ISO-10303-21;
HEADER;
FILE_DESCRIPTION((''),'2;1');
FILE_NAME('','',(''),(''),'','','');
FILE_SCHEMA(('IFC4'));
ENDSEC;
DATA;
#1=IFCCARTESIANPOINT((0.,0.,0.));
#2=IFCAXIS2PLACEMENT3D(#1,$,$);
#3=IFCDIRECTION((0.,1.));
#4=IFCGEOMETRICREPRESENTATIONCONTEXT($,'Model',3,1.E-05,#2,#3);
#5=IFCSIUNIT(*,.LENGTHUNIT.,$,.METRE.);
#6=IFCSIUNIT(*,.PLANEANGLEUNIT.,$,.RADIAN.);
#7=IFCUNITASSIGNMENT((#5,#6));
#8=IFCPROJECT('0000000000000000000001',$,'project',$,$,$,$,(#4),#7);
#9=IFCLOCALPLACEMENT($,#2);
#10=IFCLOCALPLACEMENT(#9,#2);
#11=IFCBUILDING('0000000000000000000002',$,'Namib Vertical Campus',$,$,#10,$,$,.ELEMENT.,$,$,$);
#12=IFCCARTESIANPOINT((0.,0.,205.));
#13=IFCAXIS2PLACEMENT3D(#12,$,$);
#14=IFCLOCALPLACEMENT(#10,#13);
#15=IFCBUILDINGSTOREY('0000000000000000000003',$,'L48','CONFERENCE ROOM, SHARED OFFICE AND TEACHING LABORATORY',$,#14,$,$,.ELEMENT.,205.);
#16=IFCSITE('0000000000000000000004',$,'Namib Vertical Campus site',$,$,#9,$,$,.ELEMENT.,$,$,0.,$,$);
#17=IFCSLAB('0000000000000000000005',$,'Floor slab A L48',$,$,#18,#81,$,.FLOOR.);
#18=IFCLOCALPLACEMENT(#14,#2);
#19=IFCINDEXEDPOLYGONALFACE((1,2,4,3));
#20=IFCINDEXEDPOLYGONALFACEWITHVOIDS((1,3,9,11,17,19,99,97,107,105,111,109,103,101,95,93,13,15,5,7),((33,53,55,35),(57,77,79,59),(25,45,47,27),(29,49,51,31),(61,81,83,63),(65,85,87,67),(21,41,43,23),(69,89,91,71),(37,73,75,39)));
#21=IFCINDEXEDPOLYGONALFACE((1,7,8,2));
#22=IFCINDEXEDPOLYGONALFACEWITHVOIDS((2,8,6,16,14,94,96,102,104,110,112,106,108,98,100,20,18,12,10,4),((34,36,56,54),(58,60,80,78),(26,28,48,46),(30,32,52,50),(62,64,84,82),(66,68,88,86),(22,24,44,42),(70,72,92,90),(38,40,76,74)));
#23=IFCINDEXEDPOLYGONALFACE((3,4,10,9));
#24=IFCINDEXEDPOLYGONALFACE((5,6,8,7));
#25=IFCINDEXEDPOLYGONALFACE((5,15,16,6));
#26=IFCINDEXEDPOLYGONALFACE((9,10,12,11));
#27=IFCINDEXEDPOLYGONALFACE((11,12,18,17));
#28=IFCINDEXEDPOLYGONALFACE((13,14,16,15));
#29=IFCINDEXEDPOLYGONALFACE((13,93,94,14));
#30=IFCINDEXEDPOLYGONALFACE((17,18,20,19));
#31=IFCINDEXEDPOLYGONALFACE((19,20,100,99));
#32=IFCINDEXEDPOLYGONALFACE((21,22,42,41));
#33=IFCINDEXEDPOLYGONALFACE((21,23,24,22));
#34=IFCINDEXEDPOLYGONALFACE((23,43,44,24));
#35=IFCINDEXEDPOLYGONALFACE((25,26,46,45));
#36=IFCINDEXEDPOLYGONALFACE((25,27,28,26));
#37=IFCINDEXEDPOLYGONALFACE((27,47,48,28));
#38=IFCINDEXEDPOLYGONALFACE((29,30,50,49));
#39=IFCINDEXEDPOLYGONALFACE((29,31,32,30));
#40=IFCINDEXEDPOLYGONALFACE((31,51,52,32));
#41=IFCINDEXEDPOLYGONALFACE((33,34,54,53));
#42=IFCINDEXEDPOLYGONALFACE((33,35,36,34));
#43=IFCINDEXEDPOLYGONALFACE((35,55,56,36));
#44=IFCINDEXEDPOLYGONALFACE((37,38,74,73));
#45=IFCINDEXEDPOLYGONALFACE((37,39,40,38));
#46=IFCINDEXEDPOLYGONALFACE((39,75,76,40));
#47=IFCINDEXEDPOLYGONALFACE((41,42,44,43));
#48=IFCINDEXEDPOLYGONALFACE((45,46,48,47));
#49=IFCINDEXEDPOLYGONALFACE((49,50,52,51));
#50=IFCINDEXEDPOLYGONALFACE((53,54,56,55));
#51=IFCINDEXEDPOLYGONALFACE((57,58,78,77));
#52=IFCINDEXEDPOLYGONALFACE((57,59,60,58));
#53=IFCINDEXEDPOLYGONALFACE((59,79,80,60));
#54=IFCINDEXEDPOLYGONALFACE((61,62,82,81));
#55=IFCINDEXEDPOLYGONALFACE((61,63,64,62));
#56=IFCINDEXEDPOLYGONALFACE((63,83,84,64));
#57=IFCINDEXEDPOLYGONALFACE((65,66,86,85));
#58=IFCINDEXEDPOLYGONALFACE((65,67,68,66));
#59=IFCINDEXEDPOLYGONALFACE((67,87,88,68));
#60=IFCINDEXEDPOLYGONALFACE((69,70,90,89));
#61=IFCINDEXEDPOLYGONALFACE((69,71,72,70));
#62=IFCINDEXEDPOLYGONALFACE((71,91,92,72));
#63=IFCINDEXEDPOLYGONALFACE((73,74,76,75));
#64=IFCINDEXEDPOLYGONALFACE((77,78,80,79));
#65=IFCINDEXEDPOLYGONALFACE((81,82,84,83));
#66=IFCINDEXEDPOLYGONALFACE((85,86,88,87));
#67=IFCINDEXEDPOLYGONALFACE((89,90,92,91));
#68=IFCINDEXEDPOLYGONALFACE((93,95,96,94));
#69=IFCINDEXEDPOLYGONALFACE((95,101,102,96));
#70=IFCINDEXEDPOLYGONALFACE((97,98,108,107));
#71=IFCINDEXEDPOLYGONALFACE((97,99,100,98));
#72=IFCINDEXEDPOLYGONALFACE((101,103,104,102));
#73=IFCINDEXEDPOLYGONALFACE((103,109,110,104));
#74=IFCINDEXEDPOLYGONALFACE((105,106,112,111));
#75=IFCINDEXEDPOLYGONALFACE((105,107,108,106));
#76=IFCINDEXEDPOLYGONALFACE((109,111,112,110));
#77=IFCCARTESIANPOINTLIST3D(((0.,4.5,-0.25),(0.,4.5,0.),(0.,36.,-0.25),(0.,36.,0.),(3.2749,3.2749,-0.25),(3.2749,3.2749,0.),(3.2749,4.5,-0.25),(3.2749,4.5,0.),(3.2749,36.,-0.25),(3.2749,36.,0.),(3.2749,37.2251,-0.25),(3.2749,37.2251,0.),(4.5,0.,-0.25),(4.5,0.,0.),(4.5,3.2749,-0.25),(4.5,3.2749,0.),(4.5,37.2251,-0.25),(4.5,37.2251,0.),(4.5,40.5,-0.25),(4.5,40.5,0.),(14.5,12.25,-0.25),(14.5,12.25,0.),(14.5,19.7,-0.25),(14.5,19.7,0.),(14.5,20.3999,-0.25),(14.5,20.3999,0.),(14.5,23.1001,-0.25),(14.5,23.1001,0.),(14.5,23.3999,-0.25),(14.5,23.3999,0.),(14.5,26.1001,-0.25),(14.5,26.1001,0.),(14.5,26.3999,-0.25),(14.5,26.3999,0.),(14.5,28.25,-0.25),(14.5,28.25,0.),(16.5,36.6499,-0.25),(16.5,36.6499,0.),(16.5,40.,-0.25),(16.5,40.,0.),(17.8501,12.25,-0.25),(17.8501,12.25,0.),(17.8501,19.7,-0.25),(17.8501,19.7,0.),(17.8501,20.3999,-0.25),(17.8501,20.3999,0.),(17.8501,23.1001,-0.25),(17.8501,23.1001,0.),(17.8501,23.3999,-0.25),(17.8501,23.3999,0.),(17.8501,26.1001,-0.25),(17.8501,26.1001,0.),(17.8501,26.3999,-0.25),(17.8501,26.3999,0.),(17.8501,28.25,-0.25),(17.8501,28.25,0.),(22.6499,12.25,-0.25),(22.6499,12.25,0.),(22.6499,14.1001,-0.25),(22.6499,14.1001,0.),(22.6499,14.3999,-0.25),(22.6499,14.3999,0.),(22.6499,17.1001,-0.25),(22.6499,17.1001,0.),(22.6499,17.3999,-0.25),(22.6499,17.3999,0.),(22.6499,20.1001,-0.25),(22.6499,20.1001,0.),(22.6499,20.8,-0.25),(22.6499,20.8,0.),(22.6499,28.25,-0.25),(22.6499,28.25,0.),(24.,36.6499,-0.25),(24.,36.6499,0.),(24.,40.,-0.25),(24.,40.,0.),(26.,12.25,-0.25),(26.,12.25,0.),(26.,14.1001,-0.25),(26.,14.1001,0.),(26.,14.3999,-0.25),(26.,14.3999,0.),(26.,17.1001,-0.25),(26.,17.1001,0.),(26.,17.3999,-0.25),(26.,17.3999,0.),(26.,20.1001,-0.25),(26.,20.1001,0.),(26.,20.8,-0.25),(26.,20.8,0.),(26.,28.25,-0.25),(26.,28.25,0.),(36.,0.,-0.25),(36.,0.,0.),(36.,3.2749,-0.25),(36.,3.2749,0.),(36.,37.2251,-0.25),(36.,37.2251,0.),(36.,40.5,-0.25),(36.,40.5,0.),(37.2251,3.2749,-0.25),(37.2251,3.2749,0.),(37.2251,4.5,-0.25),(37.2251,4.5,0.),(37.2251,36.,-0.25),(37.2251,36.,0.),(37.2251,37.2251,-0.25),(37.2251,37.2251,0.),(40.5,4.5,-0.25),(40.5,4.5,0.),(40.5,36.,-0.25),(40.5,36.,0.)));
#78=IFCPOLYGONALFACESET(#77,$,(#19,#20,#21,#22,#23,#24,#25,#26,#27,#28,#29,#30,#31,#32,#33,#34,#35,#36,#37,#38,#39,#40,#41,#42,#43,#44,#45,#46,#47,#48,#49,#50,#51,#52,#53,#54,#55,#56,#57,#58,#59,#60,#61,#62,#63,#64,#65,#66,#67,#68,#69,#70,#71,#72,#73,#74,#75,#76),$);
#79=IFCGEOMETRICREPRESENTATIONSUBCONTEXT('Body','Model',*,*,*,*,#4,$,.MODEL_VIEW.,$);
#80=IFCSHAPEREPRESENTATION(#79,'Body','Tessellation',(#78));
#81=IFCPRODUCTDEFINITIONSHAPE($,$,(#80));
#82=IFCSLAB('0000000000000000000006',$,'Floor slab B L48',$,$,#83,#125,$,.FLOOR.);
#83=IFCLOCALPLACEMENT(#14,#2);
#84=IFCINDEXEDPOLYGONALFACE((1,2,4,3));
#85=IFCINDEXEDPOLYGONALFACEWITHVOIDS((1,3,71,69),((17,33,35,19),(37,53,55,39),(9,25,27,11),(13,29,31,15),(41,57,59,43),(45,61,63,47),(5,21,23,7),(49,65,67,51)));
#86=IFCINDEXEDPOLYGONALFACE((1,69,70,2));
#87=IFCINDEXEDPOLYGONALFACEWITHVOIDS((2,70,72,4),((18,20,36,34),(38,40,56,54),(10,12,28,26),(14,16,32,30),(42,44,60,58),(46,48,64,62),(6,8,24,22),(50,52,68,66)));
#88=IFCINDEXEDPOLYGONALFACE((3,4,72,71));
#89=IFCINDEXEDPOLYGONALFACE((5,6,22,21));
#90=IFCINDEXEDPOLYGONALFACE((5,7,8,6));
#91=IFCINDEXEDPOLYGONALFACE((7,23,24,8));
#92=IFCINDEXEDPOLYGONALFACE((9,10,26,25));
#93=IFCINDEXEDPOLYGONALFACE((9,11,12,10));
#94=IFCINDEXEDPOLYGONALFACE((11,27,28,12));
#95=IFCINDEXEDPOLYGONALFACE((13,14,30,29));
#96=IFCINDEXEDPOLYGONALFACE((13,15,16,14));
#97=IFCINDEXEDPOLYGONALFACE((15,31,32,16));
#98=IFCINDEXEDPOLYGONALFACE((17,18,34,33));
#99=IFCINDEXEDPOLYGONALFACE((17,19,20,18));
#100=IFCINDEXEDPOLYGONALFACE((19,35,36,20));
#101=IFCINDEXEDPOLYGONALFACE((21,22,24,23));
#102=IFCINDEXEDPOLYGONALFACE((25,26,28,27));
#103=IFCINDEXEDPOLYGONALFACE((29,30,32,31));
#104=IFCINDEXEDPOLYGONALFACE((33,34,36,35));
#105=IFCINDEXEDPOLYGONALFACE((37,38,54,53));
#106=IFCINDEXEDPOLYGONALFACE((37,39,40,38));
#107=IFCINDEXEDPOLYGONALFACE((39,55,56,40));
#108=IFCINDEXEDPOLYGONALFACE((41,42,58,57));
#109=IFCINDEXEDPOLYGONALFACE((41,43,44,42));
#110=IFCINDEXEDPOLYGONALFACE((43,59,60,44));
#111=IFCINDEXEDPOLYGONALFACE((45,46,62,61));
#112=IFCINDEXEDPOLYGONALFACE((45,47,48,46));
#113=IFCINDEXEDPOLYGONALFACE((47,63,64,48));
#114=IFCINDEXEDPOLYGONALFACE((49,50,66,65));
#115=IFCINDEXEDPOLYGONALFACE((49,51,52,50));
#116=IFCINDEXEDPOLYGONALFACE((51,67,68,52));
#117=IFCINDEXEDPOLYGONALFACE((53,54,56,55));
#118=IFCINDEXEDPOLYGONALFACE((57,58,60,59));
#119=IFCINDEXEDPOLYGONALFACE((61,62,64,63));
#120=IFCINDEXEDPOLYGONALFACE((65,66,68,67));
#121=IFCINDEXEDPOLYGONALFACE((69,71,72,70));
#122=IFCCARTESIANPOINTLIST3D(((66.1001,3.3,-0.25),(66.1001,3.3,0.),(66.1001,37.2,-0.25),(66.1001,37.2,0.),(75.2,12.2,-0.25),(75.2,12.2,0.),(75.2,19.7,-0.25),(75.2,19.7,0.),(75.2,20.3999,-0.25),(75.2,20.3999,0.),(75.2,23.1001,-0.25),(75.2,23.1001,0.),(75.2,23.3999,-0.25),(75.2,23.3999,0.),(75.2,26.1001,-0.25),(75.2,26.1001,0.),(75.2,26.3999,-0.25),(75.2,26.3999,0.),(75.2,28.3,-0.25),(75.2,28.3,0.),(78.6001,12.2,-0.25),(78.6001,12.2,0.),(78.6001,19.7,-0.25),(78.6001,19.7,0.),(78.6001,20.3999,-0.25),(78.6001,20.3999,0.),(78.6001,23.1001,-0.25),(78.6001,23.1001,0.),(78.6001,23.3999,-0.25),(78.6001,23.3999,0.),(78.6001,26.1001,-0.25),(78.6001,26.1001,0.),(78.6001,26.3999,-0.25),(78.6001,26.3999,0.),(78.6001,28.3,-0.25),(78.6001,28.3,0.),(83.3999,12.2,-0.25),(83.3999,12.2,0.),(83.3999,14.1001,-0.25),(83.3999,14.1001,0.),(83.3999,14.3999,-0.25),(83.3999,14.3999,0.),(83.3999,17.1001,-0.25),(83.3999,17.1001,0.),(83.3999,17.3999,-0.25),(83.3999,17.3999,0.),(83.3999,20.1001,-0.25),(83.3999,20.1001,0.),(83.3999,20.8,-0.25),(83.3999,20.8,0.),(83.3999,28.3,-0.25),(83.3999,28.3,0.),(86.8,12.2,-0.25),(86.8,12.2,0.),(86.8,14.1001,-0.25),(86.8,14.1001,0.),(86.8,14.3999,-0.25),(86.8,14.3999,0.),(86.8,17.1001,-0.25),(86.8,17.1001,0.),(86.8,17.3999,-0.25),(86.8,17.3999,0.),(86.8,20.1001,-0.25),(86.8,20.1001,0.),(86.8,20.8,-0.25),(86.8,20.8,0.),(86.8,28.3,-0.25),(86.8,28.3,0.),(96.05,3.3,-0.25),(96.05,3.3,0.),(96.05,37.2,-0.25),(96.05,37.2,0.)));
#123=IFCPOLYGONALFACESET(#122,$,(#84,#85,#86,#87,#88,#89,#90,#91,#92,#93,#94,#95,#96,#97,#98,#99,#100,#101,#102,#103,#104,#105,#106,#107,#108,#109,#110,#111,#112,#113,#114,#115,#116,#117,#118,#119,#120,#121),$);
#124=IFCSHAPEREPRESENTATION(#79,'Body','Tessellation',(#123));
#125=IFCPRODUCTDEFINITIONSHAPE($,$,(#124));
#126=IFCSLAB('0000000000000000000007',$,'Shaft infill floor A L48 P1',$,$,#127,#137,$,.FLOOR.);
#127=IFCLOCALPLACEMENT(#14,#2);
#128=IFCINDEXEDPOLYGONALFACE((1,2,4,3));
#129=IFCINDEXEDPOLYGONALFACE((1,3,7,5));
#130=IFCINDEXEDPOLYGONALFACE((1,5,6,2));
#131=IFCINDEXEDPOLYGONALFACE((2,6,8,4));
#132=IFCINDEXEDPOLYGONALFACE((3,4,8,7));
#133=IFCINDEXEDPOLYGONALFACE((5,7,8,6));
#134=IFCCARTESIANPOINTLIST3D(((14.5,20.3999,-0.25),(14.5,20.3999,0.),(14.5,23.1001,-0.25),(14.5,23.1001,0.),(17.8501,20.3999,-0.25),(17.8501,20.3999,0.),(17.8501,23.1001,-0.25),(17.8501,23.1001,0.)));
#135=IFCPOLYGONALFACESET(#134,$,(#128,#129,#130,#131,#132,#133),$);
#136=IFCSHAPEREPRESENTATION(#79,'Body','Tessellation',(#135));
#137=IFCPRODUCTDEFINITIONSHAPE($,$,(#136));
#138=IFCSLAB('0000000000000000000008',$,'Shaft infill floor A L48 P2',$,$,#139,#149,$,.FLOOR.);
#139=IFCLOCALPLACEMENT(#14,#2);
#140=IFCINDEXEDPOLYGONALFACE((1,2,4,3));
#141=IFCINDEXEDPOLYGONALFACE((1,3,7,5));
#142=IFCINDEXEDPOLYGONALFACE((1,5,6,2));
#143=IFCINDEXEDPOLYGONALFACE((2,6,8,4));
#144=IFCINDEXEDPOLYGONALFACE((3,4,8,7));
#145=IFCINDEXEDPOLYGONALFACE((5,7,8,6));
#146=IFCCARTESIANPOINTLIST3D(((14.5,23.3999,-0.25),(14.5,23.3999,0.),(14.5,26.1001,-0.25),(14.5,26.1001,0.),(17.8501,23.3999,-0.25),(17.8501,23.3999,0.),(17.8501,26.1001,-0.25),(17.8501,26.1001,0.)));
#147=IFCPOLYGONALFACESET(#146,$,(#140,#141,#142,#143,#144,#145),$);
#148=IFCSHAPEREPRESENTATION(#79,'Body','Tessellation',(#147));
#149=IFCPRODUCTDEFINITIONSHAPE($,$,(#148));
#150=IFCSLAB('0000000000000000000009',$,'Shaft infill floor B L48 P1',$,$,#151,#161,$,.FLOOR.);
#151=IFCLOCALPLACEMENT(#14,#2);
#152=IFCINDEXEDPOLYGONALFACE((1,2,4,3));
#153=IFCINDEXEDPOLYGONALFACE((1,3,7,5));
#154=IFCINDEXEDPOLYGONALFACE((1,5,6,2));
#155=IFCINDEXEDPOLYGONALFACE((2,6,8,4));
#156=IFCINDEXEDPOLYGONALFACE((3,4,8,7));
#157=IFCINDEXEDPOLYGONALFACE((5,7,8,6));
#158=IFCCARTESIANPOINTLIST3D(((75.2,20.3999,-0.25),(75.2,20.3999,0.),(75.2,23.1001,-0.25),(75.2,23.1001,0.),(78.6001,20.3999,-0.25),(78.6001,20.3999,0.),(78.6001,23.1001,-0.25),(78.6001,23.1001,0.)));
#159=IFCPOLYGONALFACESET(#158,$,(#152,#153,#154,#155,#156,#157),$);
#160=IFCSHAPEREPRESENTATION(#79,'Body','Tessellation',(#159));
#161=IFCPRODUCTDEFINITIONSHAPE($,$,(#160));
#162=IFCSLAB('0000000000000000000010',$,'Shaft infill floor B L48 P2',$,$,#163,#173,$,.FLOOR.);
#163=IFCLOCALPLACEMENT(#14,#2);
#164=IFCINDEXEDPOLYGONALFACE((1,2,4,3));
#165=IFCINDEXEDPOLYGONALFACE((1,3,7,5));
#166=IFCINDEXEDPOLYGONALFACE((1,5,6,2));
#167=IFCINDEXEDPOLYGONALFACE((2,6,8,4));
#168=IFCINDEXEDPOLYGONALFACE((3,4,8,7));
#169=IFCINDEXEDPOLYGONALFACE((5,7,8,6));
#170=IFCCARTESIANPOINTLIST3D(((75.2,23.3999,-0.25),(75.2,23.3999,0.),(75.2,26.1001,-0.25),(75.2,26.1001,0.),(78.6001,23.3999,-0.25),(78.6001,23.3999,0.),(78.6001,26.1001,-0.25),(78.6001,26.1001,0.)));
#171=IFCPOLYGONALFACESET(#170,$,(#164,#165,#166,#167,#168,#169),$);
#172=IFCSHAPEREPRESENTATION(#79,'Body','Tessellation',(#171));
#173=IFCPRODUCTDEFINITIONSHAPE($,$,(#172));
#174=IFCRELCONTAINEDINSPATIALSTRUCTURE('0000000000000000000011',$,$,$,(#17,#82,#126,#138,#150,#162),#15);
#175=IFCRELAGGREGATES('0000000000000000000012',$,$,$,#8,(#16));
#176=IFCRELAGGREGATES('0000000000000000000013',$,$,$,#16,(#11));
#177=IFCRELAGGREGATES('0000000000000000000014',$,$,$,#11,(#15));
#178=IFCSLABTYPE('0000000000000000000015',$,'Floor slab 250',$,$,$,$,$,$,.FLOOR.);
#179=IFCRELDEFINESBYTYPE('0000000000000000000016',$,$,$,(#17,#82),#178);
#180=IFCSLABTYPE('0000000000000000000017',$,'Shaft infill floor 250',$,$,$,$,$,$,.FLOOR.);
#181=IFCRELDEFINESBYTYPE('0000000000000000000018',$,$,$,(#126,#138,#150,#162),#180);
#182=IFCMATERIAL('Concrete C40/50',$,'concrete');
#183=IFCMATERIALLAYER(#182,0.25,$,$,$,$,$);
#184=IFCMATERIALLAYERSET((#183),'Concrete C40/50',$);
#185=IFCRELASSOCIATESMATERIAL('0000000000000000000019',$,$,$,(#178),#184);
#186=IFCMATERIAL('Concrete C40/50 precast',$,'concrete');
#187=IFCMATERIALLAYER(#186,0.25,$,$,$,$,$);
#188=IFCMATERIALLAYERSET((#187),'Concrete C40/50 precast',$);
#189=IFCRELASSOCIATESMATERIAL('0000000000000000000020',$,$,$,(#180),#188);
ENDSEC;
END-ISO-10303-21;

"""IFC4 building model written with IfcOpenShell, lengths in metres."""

from ifc_helpers import new_model, si_unit, direction, frame, origin, place, context, subcontext, project, spatial, polyline, outline, extrude, material, layer, layer_set, type_object, element, save


model = new_model("IFC4")

# Units and contexts
model_context = context("Model", 3, precision=1e-05, world=origin(), true_north=direction((0.0, 1.0)))
body_context = subcontext(model_context, "Body", "Model", "MODEL_VIEW")
ifc_project = project(units=[si_unit("LENGTHUNIT", "METRE"), si_unit("PLANEANGLEUNIT", "RADIAN")], contexts=[model_context])

# Site, building, storey
site_placement = place(None, origin())
site = spatial("IfcSite", under=ifc_project, at=site_placement, Name="Namib Vertical Campus site", CompositionType="ELEMENT", RefElevation=0.0)
building_placement = place(site_placement, origin())
building = spatial("IfcBuilding", under=site, at=building_placement, Name="Namib Vertical Campus", CompositionType="ELEMENT")
storey_placement = place(building_placement, frame((0.0, 0.0, 205.0)))
storey = spatial("IfcBuildingStorey", under=building, at=storey_placement, Name="L48", Description="CONFERENCE ROOM, SHARED OFFICE AND TEACHING LABORATORY", CompositionType="ELEMENT", Elevation=205.0)

# Slabs
ifc_material_1 = material(Name="Concrete C40/50", Category="concrete")
ifc_layer_1 = layer(ifc_material_1, 0.25)
ifc_layer_set_1 = layer_set([ifc_layer_1], Name="Concrete C40/50")
slab_type_1 = type_object("IfcSlabType", Name="Floor slab 250", PredefinedType="FLOOR", material=ifc_layer_set_1)
slab_1_placement = place(storey_placement, frame((0.0, 0.0, -0.25)))
element("IfcSlab", 1, at=slab_1_placement, inside=storey, type_object=slab_type_1, Name="Floor slab A L48", PredefinedType="FLOOR", context=body_context, shape_type="SweptSolid", body=[
    extrude(outline(polyline([(4.5, 0.0), (36.0, 0.0), (36.0, 3.2749), (37.2251, 3.2749), (37.2251, 4.5), (40.5, 4.5), (40.5, 36.0), (37.2251, 36.0), (37.2251, 37.2251), (36.0, 37.2251), (36.0, 40.5), (4.5, 40.5), (4.5, 37.2251), (3.2749, 37.2251), (3.2749, 36.0), (0.0, 36.0), (0.0, 4.5), (3.2749, 4.5), (3.2749, 3.2749), (4.5, 3.2749), (4.5, 0.0)]), holes=[polyline([(14.5, 12.25), (17.8501, 12.25), (17.8501, 19.7), (14.5, 19.7), (14.5, 12.25)]), polyline([(22.6499, 20.8), (26.0, 20.8), (26.0, 28.25), (22.6499, 28.25), (22.6499, 20.8)]), polyline([(22.6499, 12.25), (26.0, 12.25), (26.0, 14.1001), (22.6499, 14.1001), (22.6499, 12.25)]), polyline([(14.5, 20.3999), (17.8501, 20.3999), (17.8501, 23.1001), (14.5, 23.1001), (14.5, 20.3999)]), polyline([(14.5, 23.3999), (17.8501, 23.3999), (17.8501, 26.1001), (14.5, 26.1001), (14.5, 23.3999)]), polyline([(14.5, 26.3999), (17.8501, 26.3999), (17.8501, 28.25), (14.5, 28.25), (14.5, 26.3999)]), polyline([(22.6499, 14.3999), (26.0, 14.3999), (26.0, 17.1001), (22.6499, 17.1001), (22.6499, 14.3999)]), polyline([(22.6499, 17.3999), (26.0, 17.3999), (26.0, 20.1001), (22.6499, 20.1001), (22.6499, 17.3999)]), polyline([(16.5, 36.6499), (24.0, 36.6499), (24.0, 40.0), (16.5, 40.0), (16.5, 36.6499)])]), origin(), (0.0, 0.0, 1.0), 0.25),
])
slab_2_placement = place(storey_placement, frame((0.0, 0.0, -0.25)))
element("IfcSlab", 2, at=slab_2_placement, inside=storey, type_object=slab_type_1, Name="Floor slab B L48", PredefinedType="FLOOR", context=body_context, shape_type="SweptSolid", body=[
    extrude(outline(polyline([(66.1001, 3.3), (96.05, 3.3), (96.05, 37.2), (66.1001, 37.2), (66.1001, 3.3)]), holes=[polyline([(75.2, 12.2), (78.6001, 12.2), (78.6001, 19.7), (75.2, 19.7), (75.2, 12.2)]), polyline([(83.3999, 20.8), (86.8, 20.8), (86.8, 28.3), (83.3999, 28.3), (83.3999, 20.8)]), polyline([(83.3999, 12.2), (86.8, 12.2), (86.8, 14.1001), (83.3999, 14.1001), (83.3999, 12.2)]), polyline([(75.2, 20.3999), (78.6001, 20.3999), (78.6001, 23.1001), (75.2, 23.1001), (75.2, 20.3999)]), polyline([(75.2, 23.3999), (78.6001, 23.3999), (78.6001, 26.1001), (75.2, 26.1001), (75.2, 23.3999)]), polyline([(75.2, 26.3999), (78.6001, 26.3999), (78.6001, 28.3), (75.2, 28.3), (75.2, 26.3999)]), polyline([(83.3999, 14.3999), (86.8, 14.3999), (86.8, 17.1001), (83.3999, 17.1001), (83.3999, 14.3999)]), polyline([(83.3999, 17.3999), (86.8, 17.3999), (86.8, 20.1001), (83.3999, 20.1001), (83.3999, 17.3999)])]), origin(), (0.0, 0.0, 1.0), 0.25),
])
ifc_material_2 = material(Name="Concrete C40/50 precast", Category="concrete")
ifc_layer_2 = layer(ifc_material_2, 0.25)
ifc_layer_set_2 = layer_set([ifc_layer_2], Name="Concrete C40/50 precast")
slab_type_2 = type_object("IfcSlabType", Name="Shaft infill floor 250", PredefinedType="FLOOR", material=ifc_layer_set_2)
slab_3_placement = place(storey_placement, frame((0.0, 0.0, -0.25)))
element("IfcSlab", 3, at=slab_3_placement, inside=storey, type_object=slab_type_2, Name="Shaft infill floor A L48 P1", PredefinedType="FLOOR", context=body_context, shape_type="SweptSolid", body=[
    extrude(outline(polyline([(14.5, 20.3999), (17.8501, 20.3999), (17.8501, 23.1001), (14.5, 23.1001), (14.5, 20.3999)])), origin(), (0.0, 0.0, 1.0), 0.25),
])
slab_4_placement = place(storey_placement, frame((0.0, 0.0, -0.25)))
element("IfcSlab", 4, at=slab_4_placement, inside=storey, type_object=slab_type_2, Name="Shaft infill floor A L48 P2", PredefinedType="FLOOR", context=body_context, shape_type="SweptSolid", body=[
    extrude(outline(polyline([(14.5, 23.3999), (17.8501, 23.3999), (17.8501, 26.1001), (14.5, 26.1001), (14.5, 23.3999)])), origin(), (0.0, 0.0, 1.0), 0.25),
])
slab_5_placement = place(storey_placement, frame((0.0, 0.0, -0.25)))
element("IfcSlab", 5, at=slab_5_placement, inside=storey, type_object=slab_type_2, Name="Shaft infill floor B L48 P1", PredefinedType="FLOOR", context=body_context, shape_type="SweptSolid", body=[
    extrude(outline(polyline([(75.2, 20.3999), (78.6001, 20.3999), (78.6001, 23.1001), (75.2, 23.1001), (75.2, 20.3999)])), origin(), (0.0, 0.0, 1.0), 0.25),
])
slab_6_placement = place(storey_placement, frame((0.0, 0.0, -0.25)))
element("IfcSlab", 6, at=slab_6_placement, inside=storey, type_object=slab_type_2, Name="Shaft infill floor B L48 P2", PredefinedType="FLOOR", context=body_context, shape_type="SweptSolid", body=[
    extrude(outline(polyline([(75.2, 23.3999), (78.6001, 23.3999), (78.6001, 26.1001), (75.2, 26.1001), (75.2, 23.3999)])), origin(), (0.0, 0.0, 1.0), 0.25),
])

save(model, "model.ifc")
